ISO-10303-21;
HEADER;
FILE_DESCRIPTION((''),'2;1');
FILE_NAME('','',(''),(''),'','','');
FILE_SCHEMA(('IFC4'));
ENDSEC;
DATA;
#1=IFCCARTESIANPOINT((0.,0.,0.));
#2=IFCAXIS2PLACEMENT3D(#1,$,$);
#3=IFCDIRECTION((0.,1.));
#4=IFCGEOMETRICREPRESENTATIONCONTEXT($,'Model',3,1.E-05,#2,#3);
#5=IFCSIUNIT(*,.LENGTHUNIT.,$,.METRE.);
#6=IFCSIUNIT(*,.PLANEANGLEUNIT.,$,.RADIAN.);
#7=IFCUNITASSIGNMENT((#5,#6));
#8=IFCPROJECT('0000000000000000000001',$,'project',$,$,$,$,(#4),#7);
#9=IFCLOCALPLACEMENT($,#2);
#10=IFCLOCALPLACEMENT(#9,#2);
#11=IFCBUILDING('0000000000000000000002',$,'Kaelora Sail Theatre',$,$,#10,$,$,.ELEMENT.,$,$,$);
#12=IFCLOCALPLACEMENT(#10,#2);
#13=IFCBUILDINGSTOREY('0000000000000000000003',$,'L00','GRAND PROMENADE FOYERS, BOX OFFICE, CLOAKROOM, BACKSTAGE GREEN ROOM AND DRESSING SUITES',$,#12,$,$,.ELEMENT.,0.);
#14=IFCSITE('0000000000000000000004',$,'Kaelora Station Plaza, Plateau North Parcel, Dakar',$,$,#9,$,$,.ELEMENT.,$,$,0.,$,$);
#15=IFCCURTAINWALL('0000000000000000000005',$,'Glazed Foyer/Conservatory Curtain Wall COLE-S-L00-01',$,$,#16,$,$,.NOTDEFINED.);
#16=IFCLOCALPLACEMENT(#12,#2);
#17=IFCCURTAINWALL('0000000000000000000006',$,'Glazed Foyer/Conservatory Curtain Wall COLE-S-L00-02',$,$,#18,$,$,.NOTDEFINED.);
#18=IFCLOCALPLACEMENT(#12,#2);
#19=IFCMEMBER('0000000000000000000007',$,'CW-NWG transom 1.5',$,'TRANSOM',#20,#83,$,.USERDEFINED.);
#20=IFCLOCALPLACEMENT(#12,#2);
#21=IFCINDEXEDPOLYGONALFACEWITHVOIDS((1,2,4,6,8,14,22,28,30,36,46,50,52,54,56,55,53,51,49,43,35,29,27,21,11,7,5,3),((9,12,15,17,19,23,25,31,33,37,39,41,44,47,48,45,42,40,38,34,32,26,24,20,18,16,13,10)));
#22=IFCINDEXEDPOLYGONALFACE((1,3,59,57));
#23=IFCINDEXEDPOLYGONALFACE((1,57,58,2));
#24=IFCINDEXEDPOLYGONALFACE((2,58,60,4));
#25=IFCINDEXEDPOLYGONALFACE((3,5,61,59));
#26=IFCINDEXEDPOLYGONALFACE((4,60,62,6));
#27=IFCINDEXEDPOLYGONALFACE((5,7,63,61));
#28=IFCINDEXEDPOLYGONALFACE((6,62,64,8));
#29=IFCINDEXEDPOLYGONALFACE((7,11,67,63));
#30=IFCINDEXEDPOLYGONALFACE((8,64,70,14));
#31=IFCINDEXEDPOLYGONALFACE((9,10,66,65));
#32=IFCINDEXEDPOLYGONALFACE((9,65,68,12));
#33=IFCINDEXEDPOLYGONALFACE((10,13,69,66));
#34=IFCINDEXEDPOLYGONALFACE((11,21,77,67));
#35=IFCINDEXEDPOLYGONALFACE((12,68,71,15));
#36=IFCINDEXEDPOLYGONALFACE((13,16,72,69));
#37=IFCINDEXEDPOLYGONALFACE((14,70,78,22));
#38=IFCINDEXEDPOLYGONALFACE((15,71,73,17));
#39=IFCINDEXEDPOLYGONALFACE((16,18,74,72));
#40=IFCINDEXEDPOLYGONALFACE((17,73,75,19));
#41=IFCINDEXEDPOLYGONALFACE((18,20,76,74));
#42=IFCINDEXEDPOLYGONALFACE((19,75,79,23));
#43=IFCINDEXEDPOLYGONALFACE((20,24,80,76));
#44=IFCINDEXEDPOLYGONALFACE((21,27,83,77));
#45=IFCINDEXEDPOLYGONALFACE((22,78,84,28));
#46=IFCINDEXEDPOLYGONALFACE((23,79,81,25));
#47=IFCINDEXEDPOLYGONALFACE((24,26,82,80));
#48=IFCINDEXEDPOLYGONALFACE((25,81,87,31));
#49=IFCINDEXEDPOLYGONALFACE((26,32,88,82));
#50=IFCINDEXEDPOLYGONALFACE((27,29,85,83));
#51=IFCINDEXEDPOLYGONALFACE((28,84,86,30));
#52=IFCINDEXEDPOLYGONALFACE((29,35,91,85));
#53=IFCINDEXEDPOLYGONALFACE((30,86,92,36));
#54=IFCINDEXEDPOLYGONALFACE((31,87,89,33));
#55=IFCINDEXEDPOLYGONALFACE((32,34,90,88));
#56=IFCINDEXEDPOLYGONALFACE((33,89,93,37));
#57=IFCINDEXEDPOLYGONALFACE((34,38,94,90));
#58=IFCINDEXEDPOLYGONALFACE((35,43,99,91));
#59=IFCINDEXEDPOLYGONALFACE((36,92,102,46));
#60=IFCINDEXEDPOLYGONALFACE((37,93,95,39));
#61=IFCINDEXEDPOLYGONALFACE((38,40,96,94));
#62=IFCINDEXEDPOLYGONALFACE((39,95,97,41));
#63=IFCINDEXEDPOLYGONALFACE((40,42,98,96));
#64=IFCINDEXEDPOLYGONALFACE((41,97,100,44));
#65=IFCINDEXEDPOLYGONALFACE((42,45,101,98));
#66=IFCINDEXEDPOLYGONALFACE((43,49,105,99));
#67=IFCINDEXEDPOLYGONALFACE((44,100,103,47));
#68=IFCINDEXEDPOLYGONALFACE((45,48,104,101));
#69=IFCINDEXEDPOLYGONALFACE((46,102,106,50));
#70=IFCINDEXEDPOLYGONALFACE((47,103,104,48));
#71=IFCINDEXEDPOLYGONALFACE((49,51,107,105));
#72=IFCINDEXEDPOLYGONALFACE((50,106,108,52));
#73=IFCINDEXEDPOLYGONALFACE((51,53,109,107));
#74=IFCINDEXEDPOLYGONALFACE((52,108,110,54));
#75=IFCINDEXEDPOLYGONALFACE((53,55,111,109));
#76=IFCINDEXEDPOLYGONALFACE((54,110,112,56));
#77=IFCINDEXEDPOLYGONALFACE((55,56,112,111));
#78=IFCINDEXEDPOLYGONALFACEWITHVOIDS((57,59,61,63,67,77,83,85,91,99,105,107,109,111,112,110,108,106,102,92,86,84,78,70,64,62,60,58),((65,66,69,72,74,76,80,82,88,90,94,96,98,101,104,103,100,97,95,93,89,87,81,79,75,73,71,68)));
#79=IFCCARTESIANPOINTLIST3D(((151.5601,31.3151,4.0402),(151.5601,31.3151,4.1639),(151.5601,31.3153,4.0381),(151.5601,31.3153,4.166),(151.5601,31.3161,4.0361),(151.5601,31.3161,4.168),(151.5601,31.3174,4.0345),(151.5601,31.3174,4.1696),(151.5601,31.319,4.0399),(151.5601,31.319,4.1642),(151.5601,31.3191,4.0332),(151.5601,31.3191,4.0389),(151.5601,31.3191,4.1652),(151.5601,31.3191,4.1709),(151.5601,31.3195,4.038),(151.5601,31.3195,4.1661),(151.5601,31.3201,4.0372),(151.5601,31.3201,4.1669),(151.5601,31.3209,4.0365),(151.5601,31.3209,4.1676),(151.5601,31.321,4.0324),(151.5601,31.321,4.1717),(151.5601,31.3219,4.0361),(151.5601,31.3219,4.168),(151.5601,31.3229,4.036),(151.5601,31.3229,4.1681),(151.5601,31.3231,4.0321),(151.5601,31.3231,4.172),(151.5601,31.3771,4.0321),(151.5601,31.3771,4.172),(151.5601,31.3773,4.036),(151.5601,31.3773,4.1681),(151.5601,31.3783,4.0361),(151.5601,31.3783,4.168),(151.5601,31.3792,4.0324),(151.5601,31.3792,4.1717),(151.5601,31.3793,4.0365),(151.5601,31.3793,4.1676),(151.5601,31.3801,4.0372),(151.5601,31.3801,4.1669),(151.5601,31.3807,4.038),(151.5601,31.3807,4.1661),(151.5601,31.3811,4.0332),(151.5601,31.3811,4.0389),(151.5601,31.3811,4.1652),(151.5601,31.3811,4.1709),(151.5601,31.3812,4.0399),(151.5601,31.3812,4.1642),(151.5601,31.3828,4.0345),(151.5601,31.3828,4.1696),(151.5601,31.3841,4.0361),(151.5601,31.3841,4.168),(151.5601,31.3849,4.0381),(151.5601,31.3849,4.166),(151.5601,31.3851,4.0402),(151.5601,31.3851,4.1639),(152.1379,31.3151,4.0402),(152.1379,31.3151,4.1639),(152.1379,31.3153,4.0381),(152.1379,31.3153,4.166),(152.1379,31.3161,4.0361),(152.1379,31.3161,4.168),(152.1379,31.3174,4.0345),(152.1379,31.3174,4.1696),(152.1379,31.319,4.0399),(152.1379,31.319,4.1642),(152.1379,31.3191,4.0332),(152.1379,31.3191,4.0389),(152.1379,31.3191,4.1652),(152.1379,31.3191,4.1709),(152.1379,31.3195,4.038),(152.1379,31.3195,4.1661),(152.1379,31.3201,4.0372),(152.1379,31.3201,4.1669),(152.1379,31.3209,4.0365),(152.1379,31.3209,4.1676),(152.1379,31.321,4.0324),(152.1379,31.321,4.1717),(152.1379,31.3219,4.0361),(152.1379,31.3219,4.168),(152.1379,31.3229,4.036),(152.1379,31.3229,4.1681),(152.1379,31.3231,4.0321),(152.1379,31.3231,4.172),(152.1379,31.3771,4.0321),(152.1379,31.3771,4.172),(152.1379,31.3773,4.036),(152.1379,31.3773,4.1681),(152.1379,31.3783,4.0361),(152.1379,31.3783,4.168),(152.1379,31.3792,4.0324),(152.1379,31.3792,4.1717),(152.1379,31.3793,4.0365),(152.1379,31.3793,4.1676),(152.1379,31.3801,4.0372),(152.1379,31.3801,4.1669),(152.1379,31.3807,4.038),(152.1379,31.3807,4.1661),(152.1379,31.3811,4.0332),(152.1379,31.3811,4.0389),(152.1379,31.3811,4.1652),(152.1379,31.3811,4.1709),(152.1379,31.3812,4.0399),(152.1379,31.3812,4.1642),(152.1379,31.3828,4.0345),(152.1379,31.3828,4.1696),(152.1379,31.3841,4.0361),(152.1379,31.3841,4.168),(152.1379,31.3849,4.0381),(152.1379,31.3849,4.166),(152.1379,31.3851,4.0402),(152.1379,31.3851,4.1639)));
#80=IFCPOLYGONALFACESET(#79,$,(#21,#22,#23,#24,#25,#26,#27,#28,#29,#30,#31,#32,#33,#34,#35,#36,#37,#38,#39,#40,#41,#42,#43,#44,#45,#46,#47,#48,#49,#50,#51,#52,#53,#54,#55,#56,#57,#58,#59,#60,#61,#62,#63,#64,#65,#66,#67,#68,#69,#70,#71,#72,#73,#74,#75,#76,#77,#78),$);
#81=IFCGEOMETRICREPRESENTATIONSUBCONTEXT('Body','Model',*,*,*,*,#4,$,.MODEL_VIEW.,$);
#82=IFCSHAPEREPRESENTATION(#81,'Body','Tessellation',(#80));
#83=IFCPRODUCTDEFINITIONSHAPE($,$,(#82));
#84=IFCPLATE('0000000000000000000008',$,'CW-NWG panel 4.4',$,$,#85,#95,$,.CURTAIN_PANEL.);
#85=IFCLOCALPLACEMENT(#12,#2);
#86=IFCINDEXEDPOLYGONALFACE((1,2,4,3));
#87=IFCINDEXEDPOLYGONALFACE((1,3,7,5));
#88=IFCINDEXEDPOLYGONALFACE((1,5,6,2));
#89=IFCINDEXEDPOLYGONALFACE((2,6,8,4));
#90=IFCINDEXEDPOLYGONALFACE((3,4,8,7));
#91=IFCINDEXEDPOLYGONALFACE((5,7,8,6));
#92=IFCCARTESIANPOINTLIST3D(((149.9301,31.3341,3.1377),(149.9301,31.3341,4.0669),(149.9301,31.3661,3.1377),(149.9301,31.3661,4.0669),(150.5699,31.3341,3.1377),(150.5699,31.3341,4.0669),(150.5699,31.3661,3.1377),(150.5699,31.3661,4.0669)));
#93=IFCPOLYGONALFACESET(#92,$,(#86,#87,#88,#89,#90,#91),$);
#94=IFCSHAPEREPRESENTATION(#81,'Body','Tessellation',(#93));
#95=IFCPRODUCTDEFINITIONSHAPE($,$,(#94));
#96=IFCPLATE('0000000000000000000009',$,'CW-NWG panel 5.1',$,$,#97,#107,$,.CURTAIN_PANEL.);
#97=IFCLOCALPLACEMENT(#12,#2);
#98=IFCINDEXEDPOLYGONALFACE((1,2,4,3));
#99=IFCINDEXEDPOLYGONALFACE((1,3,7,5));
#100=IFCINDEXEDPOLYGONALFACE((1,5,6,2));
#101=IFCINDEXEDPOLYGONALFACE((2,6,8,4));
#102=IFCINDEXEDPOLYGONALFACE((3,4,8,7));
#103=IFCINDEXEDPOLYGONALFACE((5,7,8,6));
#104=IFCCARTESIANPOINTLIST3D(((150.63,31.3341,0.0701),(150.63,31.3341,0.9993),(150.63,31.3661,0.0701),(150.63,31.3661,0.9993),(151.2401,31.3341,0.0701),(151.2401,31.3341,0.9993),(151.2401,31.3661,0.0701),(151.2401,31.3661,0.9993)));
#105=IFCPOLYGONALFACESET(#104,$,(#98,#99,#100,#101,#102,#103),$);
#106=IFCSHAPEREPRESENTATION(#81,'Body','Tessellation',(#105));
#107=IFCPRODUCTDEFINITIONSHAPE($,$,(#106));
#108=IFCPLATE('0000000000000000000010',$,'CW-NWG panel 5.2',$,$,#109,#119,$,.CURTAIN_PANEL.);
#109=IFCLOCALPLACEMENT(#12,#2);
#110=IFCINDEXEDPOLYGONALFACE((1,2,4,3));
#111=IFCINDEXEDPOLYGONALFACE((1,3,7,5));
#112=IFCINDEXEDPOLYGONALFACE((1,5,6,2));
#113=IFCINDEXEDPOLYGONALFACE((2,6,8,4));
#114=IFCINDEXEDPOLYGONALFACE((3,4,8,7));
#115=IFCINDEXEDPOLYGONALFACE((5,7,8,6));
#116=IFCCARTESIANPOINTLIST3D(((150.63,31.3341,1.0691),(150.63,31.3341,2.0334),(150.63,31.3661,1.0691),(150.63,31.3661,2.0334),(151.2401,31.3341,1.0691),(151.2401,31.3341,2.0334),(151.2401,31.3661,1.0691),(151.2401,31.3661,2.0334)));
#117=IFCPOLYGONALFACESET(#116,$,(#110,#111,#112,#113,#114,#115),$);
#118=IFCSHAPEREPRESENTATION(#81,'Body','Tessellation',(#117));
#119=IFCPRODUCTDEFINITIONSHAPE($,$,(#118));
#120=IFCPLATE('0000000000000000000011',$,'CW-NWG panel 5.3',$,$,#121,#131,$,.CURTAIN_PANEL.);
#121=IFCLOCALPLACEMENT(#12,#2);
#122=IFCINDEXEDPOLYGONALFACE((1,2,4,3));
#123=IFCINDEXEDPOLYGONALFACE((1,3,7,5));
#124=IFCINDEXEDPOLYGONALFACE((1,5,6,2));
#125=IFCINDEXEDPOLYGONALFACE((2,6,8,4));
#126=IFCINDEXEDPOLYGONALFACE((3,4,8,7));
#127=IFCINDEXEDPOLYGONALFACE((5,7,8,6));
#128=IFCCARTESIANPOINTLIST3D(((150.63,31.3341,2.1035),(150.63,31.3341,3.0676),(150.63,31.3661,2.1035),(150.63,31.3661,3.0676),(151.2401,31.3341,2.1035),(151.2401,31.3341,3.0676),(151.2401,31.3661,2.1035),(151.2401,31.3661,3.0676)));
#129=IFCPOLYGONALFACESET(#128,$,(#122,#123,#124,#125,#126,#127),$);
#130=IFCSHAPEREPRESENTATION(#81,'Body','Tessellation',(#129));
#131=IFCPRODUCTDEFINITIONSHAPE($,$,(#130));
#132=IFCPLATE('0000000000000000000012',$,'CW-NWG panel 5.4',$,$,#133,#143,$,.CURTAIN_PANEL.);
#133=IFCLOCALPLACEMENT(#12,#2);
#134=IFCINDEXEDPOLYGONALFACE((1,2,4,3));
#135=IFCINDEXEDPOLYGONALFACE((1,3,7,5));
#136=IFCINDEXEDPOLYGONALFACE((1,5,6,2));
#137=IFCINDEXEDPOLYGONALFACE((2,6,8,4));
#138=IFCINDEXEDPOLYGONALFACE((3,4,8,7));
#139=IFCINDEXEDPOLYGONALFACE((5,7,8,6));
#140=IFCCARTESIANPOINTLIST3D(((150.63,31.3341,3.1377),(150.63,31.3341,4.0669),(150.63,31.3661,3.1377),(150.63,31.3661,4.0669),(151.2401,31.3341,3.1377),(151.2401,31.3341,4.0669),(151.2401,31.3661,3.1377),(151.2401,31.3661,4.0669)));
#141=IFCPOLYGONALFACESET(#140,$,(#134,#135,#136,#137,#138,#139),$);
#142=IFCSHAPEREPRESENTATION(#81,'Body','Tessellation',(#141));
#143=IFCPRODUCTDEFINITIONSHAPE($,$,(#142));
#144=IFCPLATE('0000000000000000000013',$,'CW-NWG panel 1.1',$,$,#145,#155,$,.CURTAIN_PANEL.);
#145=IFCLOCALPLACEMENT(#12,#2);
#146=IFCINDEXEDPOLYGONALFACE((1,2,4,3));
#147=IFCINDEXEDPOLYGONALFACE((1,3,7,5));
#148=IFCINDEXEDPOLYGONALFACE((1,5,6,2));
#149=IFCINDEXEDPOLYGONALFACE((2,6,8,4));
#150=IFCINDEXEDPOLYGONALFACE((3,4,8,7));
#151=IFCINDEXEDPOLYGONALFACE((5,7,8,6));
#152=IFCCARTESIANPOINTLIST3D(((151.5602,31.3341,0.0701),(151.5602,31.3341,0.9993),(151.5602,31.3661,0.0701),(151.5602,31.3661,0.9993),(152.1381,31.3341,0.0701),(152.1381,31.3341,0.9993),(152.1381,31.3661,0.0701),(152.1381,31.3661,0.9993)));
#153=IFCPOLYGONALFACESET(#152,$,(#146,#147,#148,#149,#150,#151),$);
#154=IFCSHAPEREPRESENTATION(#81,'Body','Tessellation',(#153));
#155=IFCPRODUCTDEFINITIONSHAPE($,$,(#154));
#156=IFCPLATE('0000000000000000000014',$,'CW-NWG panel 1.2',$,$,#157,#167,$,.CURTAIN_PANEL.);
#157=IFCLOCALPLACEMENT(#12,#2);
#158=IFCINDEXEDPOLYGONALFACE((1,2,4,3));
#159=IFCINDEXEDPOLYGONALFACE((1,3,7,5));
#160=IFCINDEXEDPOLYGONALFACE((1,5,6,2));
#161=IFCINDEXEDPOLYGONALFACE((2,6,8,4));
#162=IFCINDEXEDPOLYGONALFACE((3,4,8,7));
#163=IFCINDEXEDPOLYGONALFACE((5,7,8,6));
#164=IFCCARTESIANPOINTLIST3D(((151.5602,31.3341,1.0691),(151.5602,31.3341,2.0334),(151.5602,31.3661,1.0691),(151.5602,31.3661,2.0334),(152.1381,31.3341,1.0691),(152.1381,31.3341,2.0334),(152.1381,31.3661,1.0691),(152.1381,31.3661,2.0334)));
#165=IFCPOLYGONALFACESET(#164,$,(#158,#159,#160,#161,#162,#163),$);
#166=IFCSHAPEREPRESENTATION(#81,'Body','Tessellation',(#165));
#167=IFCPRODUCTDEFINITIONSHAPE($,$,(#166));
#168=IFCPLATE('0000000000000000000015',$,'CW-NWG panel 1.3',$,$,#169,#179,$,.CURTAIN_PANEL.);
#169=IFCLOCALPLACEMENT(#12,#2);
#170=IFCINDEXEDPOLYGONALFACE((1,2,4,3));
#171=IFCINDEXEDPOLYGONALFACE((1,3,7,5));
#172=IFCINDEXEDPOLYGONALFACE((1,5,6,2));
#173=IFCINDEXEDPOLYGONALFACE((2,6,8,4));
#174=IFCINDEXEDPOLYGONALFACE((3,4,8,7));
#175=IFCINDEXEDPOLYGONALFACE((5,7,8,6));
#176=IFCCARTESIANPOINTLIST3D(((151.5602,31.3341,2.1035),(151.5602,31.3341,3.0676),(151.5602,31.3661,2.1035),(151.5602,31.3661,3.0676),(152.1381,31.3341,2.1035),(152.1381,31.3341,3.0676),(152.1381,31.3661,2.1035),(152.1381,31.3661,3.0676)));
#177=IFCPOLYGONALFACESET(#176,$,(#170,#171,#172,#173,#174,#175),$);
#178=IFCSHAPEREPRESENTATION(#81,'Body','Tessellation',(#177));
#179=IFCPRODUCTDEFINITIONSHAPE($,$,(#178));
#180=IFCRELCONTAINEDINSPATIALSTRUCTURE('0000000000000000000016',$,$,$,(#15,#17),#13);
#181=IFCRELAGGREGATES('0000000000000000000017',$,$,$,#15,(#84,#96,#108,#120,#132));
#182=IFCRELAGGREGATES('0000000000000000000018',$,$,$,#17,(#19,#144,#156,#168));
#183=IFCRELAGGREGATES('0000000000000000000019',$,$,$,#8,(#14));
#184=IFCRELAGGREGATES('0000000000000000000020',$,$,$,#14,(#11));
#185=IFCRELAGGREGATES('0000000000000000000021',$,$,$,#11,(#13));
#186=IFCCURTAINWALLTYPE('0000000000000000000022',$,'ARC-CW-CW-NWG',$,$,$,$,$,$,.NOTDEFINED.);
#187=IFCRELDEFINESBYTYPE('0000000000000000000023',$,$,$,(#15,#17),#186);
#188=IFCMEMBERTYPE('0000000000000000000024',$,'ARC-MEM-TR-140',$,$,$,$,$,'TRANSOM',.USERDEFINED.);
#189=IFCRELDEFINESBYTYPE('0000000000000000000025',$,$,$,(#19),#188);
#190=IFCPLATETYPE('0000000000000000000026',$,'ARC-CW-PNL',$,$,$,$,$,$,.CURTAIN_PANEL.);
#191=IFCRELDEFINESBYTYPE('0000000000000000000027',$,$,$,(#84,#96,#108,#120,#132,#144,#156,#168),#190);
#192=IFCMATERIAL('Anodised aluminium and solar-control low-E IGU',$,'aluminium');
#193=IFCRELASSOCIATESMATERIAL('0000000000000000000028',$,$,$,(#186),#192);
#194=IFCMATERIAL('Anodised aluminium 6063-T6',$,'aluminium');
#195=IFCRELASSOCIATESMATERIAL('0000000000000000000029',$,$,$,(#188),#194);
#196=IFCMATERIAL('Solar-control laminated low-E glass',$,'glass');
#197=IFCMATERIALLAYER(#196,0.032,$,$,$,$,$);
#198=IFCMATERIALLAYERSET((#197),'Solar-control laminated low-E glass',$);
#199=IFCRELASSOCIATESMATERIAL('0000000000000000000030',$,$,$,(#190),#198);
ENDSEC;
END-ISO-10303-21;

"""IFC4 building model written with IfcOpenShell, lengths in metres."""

from ifc_helpers import new_model, si_unit, direction, frame, origin, origin_2d, place, context, subcontext, project, spatial, rectangle, hollow_rectangle, extrude, material, layer, layer_set, material_profile, profile_set, type_object, element, aggregate, save


model = new_model("IFC4")

# Units and contexts
model_context = context("Model", 3, precision=1e-05, world=origin(), true_north=direction((0.0, 1.0)))
body_context = subcontext(model_context, "Body", "Model", "MODEL_VIEW")
ifc_project = project(units=[si_unit("LENGTHUNIT", "METRE"), si_unit("PLANEANGLEUNIT", "RADIAN")], contexts=[model_context])

# Site, building, storey
site_placement = place(None, origin())
site = spatial("IfcSite", under=ifc_project, at=site_placement, Name="Kaelora Station Plaza, Plateau North Parcel, Dakar", CompositionType="ELEMENT", RefElevation=0.0)
building_placement = place(site_placement, origin())
building = spatial("IfcBuilding", under=site, at=building_placement, Name="Kaelora Sail Theatre", CompositionType="ELEMENT")
storey_placement = place(building_placement, origin())
storey = spatial("IfcBuildingStorey", under=building, at=storey_placement, Name="L00", Description="GRAND PROMENADE FOYERS, BOX OFFICE, CLOAKROOM, BACKSTAGE GREEN ROOM AND DRESSING SUITES", CompositionType="ELEMENT", Elevation=0.0)

# Curtain wall
ifc_material_1 = material(Name="Anodised aluminium and solar-control low-E IGU", Category="aluminium")
curtain_wall_type = type_object("IfcCurtainWallType", Name="ARC-CW-CW-NWG", PredefinedType="NOTDEFINED", material=ifc_material_1)
curtain_wall_1_placement = place(storey_placement, origin())
curtain_wall_1 = element("IfcCurtainWall", 1, at=curtain_wall_1_placement, inside=storey, type_object=curtain_wall_type, Name="Glazed Foyer/Conservatory Curtain Wall COLE-S-L00-01", PredefinedType="NOTDEFINED")

# Curtain wall
curtain_wall_2_placement = place(storey_placement, origin())
curtain_wall_2 = element("IfcCurtainWall", 2, at=curtain_wall_2_placement, inside=storey, type_object=curtain_wall_type, Name="Glazed Foyer/Conservatory Curtain Wall COLE-S-L00-02", PredefinedType="NOTDEFINED")

# Member
ifc_material_2 = material(Name="Anodised aluminium 6063-T6", Category="aluminium")
ifc_material_profile_1 = material_profile(ifc_material_2, hollow_rectangle(XDim=0.0701, YDim=0.1399, WallThickness=0.0039, InnerFilletRadius=0.0039, OuterFilletRadius=0.0081, at=origin_2d()), Name="ALU-TRAN 70x140x4")
ifc_profile_set_1 = profile_set([ifc_material_profile_1], Name="Anodised aluminium 6063-T6")
member_type_1 = type_object("IfcMemberType", Name="ARC-MEM-TR-140", ElementType="TRANSOM", PredefinedType="USERDEFINED", material=ifc_profile_set_1)
member_1_placement = place(storey_placement, frame((151.5601, 31.3501, 4.1021), z_axis=(1.0, 0.0, 0.0), x_axis=(0.0, 1.0, 0.0)))
member_1 = element("IfcMember", 3, at=member_1_placement, type_object=member_type_1, Name="CW-NWG transom 1.5", ObjectType="TRANSOM", PredefinedType="USERDEFINED", context=body_context, shape_type="SweptSolid", body=[
    extrude(hollow_rectangle(XDim=0.0701, YDim=0.1399, WallThickness=0.0039, InnerFilletRadius=0.0039, OuterFilletRadius=0.0081, at=origin_2d()), origin(), (0.0, 0.0, 1.0), 0.5779),
])

# Plates
ifc_material_3 = material(Name="Solar-control laminated low-E glass", Category="glass")
ifc_layer = layer(ifc_material_3, 0.032)
ifc_layer_set = layer_set([ifc_layer], Name="Solar-control laminated low-E glass")
plate_type = type_object("IfcPlateType", Name="ARC-CW-PNL", PredefinedType="CURTAIN_PANEL", material=ifc_layer_set)
plate_1_placement = place(storey_placement, frame((150.25, 31.3501, 3.1377), z_axis=(0.0, 0.0, 1.0), x_axis=(1.0, 0.0, 0.0)))
plate_1 = element("IfcPlate", 4, at=plate_1_placement, type_object=plate_type, Name="CW-NWG panel 4.4", PredefinedType="CURTAIN_PANEL", context=body_context, shape_type="SweptSolid", body=[
    extrude(rectangle(XDim=0.6399, YDim=0.032, at=origin_2d()), origin(), (0.0, 0.0, 1.0), 0.9292),
])
plate_2_placement = place(storey_placement, frame((150.9351, 31.3501, 0.0701), z_axis=(0.0, 0.0, 1.0), x_axis=(1.0, 0.0, 0.0)))
plate_2 = element("IfcPlate", 5, at=plate_2_placement, type_object=plate_type, Name="CW-NWG panel 5.1", PredefinedType="CURTAIN_PANEL", context=body_context, shape_type="SweptSolid", body=[
    extrude(rectangle(XDim=0.6101, YDim=0.032, at=origin_2d()), origin(), (0.0, 0.0, 1.0), 0.9292),
])
plate_3_placement = place(storey_placement, frame((150.9351, 31.3501, 1.0691), z_axis=(0.0, 0.0, 1.0), x_axis=(1.0, 0.0, 0.0)))
plate_3 = element("IfcPlate", 6, at=plate_3_placement, type_object=plate_type, Name="CW-NWG panel 5.2", PredefinedType="CURTAIN_PANEL", context=body_context, shape_type="SweptSolid", body=[
    extrude(rectangle(XDim=0.6101, YDim=0.032, at=origin_2d()), origin(), (0.0, 0.0, 1.0), 0.9644),
])
plate_4_placement = place(storey_placement, frame((150.9351, 31.3501, 2.1035), z_axis=(0.0, 0.0, 1.0), x_axis=(1.0, 0.0, 0.0)))
plate_4 = element("IfcPlate", 7, at=plate_4_placement, type_object=plate_type, Name="CW-NWG panel 5.3", PredefinedType="CURTAIN_PANEL", context=body_context, shape_type="SweptSolid", body=[
    extrude(rectangle(XDim=0.6101, YDim=0.032, at=origin_2d()), origin(), (0.0, 0.0, 1.0), 0.9641),
])
plate_5_placement = place(storey_placement, frame((150.9351, 31.3501, 3.1377), z_axis=(0.0, 0.0, 1.0), x_axis=(1.0, 0.0, 0.0)))
plate_5 = element("IfcPlate", 8, at=plate_5_placement, type_object=plate_type, Name="CW-NWG panel 5.4", PredefinedType="CURTAIN_PANEL", context=body_context, shape_type="SweptSolid", body=[
    extrude(rectangle(XDim=0.6101, YDim=0.032, at=origin_2d()), origin(), (0.0, 0.0, 1.0), 0.9292),
])
aggregate(curtain_wall_1, [plate_1, plate_2, plate_3, plate_4, plate_5])
plate_6_placement = place(storey_placement, frame((151.8491, 31.3501, 0.0701), z_axis=(0.0, 0.0, 1.0), x_axis=(1.0, 0.0, 0.0)))
plate_6 = element("IfcPlate", 9, at=plate_6_placement, type_object=plate_type, Name="CW-NWG panel 1.1", PredefinedType="CURTAIN_PANEL", context=body_context, shape_type="SweptSolid", body=[
    extrude(rectangle(XDim=0.5779, YDim=0.032, at=origin_2d()), origin(), (0.0, 0.0, 1.0), 0.9292),
])
plate_7_placement = place(storey_placement, frame((151.8491, 31.3501, 1.0691), z_axis=(0.0, 0.0, 1.0), x_axis=(1.0, 0.0, 0.0)))
plate_7 = element("IfcPlate", 10, at=plate_7_placement, type_object=plate_type, Name="CW-NWG panel 1.2", PredefinedType="CURTAIN_PANEL", context=body_context, shape_type="SweptSolid", body=[
    extrude(rectangle(XDim=0.5779, YDim=0.032, at=origin_2d()), origin(), (0.0, 0.0, 1.0), 0.9644),
])
plate_8_placement = place(storey_placement, frame((151.8491, 31.3501, 2.1035), z_axis=(0.0, 0.0, 1.0), x_axis=(1.0, 0.0, 0.0)))
plate_8 = element("IfcPlate", 11, at=plate_8_placement, type_object=plate_type, Name="CW-NWG panel 1.3", PredefinedType="CURTAIN_PANEL", context=body_context, shape_type="SweptSolid", body=[
    extrude(rectangle(XDim=0.5779, YDim=0.032, at=origin_2d()), origin(), (0.0, 0.0, 1.0), 0.9641),
])
aggregate(curtain_wall_2, [member_1, plate_6, plate_7, plate_8])

save(model, "model.ifc")
